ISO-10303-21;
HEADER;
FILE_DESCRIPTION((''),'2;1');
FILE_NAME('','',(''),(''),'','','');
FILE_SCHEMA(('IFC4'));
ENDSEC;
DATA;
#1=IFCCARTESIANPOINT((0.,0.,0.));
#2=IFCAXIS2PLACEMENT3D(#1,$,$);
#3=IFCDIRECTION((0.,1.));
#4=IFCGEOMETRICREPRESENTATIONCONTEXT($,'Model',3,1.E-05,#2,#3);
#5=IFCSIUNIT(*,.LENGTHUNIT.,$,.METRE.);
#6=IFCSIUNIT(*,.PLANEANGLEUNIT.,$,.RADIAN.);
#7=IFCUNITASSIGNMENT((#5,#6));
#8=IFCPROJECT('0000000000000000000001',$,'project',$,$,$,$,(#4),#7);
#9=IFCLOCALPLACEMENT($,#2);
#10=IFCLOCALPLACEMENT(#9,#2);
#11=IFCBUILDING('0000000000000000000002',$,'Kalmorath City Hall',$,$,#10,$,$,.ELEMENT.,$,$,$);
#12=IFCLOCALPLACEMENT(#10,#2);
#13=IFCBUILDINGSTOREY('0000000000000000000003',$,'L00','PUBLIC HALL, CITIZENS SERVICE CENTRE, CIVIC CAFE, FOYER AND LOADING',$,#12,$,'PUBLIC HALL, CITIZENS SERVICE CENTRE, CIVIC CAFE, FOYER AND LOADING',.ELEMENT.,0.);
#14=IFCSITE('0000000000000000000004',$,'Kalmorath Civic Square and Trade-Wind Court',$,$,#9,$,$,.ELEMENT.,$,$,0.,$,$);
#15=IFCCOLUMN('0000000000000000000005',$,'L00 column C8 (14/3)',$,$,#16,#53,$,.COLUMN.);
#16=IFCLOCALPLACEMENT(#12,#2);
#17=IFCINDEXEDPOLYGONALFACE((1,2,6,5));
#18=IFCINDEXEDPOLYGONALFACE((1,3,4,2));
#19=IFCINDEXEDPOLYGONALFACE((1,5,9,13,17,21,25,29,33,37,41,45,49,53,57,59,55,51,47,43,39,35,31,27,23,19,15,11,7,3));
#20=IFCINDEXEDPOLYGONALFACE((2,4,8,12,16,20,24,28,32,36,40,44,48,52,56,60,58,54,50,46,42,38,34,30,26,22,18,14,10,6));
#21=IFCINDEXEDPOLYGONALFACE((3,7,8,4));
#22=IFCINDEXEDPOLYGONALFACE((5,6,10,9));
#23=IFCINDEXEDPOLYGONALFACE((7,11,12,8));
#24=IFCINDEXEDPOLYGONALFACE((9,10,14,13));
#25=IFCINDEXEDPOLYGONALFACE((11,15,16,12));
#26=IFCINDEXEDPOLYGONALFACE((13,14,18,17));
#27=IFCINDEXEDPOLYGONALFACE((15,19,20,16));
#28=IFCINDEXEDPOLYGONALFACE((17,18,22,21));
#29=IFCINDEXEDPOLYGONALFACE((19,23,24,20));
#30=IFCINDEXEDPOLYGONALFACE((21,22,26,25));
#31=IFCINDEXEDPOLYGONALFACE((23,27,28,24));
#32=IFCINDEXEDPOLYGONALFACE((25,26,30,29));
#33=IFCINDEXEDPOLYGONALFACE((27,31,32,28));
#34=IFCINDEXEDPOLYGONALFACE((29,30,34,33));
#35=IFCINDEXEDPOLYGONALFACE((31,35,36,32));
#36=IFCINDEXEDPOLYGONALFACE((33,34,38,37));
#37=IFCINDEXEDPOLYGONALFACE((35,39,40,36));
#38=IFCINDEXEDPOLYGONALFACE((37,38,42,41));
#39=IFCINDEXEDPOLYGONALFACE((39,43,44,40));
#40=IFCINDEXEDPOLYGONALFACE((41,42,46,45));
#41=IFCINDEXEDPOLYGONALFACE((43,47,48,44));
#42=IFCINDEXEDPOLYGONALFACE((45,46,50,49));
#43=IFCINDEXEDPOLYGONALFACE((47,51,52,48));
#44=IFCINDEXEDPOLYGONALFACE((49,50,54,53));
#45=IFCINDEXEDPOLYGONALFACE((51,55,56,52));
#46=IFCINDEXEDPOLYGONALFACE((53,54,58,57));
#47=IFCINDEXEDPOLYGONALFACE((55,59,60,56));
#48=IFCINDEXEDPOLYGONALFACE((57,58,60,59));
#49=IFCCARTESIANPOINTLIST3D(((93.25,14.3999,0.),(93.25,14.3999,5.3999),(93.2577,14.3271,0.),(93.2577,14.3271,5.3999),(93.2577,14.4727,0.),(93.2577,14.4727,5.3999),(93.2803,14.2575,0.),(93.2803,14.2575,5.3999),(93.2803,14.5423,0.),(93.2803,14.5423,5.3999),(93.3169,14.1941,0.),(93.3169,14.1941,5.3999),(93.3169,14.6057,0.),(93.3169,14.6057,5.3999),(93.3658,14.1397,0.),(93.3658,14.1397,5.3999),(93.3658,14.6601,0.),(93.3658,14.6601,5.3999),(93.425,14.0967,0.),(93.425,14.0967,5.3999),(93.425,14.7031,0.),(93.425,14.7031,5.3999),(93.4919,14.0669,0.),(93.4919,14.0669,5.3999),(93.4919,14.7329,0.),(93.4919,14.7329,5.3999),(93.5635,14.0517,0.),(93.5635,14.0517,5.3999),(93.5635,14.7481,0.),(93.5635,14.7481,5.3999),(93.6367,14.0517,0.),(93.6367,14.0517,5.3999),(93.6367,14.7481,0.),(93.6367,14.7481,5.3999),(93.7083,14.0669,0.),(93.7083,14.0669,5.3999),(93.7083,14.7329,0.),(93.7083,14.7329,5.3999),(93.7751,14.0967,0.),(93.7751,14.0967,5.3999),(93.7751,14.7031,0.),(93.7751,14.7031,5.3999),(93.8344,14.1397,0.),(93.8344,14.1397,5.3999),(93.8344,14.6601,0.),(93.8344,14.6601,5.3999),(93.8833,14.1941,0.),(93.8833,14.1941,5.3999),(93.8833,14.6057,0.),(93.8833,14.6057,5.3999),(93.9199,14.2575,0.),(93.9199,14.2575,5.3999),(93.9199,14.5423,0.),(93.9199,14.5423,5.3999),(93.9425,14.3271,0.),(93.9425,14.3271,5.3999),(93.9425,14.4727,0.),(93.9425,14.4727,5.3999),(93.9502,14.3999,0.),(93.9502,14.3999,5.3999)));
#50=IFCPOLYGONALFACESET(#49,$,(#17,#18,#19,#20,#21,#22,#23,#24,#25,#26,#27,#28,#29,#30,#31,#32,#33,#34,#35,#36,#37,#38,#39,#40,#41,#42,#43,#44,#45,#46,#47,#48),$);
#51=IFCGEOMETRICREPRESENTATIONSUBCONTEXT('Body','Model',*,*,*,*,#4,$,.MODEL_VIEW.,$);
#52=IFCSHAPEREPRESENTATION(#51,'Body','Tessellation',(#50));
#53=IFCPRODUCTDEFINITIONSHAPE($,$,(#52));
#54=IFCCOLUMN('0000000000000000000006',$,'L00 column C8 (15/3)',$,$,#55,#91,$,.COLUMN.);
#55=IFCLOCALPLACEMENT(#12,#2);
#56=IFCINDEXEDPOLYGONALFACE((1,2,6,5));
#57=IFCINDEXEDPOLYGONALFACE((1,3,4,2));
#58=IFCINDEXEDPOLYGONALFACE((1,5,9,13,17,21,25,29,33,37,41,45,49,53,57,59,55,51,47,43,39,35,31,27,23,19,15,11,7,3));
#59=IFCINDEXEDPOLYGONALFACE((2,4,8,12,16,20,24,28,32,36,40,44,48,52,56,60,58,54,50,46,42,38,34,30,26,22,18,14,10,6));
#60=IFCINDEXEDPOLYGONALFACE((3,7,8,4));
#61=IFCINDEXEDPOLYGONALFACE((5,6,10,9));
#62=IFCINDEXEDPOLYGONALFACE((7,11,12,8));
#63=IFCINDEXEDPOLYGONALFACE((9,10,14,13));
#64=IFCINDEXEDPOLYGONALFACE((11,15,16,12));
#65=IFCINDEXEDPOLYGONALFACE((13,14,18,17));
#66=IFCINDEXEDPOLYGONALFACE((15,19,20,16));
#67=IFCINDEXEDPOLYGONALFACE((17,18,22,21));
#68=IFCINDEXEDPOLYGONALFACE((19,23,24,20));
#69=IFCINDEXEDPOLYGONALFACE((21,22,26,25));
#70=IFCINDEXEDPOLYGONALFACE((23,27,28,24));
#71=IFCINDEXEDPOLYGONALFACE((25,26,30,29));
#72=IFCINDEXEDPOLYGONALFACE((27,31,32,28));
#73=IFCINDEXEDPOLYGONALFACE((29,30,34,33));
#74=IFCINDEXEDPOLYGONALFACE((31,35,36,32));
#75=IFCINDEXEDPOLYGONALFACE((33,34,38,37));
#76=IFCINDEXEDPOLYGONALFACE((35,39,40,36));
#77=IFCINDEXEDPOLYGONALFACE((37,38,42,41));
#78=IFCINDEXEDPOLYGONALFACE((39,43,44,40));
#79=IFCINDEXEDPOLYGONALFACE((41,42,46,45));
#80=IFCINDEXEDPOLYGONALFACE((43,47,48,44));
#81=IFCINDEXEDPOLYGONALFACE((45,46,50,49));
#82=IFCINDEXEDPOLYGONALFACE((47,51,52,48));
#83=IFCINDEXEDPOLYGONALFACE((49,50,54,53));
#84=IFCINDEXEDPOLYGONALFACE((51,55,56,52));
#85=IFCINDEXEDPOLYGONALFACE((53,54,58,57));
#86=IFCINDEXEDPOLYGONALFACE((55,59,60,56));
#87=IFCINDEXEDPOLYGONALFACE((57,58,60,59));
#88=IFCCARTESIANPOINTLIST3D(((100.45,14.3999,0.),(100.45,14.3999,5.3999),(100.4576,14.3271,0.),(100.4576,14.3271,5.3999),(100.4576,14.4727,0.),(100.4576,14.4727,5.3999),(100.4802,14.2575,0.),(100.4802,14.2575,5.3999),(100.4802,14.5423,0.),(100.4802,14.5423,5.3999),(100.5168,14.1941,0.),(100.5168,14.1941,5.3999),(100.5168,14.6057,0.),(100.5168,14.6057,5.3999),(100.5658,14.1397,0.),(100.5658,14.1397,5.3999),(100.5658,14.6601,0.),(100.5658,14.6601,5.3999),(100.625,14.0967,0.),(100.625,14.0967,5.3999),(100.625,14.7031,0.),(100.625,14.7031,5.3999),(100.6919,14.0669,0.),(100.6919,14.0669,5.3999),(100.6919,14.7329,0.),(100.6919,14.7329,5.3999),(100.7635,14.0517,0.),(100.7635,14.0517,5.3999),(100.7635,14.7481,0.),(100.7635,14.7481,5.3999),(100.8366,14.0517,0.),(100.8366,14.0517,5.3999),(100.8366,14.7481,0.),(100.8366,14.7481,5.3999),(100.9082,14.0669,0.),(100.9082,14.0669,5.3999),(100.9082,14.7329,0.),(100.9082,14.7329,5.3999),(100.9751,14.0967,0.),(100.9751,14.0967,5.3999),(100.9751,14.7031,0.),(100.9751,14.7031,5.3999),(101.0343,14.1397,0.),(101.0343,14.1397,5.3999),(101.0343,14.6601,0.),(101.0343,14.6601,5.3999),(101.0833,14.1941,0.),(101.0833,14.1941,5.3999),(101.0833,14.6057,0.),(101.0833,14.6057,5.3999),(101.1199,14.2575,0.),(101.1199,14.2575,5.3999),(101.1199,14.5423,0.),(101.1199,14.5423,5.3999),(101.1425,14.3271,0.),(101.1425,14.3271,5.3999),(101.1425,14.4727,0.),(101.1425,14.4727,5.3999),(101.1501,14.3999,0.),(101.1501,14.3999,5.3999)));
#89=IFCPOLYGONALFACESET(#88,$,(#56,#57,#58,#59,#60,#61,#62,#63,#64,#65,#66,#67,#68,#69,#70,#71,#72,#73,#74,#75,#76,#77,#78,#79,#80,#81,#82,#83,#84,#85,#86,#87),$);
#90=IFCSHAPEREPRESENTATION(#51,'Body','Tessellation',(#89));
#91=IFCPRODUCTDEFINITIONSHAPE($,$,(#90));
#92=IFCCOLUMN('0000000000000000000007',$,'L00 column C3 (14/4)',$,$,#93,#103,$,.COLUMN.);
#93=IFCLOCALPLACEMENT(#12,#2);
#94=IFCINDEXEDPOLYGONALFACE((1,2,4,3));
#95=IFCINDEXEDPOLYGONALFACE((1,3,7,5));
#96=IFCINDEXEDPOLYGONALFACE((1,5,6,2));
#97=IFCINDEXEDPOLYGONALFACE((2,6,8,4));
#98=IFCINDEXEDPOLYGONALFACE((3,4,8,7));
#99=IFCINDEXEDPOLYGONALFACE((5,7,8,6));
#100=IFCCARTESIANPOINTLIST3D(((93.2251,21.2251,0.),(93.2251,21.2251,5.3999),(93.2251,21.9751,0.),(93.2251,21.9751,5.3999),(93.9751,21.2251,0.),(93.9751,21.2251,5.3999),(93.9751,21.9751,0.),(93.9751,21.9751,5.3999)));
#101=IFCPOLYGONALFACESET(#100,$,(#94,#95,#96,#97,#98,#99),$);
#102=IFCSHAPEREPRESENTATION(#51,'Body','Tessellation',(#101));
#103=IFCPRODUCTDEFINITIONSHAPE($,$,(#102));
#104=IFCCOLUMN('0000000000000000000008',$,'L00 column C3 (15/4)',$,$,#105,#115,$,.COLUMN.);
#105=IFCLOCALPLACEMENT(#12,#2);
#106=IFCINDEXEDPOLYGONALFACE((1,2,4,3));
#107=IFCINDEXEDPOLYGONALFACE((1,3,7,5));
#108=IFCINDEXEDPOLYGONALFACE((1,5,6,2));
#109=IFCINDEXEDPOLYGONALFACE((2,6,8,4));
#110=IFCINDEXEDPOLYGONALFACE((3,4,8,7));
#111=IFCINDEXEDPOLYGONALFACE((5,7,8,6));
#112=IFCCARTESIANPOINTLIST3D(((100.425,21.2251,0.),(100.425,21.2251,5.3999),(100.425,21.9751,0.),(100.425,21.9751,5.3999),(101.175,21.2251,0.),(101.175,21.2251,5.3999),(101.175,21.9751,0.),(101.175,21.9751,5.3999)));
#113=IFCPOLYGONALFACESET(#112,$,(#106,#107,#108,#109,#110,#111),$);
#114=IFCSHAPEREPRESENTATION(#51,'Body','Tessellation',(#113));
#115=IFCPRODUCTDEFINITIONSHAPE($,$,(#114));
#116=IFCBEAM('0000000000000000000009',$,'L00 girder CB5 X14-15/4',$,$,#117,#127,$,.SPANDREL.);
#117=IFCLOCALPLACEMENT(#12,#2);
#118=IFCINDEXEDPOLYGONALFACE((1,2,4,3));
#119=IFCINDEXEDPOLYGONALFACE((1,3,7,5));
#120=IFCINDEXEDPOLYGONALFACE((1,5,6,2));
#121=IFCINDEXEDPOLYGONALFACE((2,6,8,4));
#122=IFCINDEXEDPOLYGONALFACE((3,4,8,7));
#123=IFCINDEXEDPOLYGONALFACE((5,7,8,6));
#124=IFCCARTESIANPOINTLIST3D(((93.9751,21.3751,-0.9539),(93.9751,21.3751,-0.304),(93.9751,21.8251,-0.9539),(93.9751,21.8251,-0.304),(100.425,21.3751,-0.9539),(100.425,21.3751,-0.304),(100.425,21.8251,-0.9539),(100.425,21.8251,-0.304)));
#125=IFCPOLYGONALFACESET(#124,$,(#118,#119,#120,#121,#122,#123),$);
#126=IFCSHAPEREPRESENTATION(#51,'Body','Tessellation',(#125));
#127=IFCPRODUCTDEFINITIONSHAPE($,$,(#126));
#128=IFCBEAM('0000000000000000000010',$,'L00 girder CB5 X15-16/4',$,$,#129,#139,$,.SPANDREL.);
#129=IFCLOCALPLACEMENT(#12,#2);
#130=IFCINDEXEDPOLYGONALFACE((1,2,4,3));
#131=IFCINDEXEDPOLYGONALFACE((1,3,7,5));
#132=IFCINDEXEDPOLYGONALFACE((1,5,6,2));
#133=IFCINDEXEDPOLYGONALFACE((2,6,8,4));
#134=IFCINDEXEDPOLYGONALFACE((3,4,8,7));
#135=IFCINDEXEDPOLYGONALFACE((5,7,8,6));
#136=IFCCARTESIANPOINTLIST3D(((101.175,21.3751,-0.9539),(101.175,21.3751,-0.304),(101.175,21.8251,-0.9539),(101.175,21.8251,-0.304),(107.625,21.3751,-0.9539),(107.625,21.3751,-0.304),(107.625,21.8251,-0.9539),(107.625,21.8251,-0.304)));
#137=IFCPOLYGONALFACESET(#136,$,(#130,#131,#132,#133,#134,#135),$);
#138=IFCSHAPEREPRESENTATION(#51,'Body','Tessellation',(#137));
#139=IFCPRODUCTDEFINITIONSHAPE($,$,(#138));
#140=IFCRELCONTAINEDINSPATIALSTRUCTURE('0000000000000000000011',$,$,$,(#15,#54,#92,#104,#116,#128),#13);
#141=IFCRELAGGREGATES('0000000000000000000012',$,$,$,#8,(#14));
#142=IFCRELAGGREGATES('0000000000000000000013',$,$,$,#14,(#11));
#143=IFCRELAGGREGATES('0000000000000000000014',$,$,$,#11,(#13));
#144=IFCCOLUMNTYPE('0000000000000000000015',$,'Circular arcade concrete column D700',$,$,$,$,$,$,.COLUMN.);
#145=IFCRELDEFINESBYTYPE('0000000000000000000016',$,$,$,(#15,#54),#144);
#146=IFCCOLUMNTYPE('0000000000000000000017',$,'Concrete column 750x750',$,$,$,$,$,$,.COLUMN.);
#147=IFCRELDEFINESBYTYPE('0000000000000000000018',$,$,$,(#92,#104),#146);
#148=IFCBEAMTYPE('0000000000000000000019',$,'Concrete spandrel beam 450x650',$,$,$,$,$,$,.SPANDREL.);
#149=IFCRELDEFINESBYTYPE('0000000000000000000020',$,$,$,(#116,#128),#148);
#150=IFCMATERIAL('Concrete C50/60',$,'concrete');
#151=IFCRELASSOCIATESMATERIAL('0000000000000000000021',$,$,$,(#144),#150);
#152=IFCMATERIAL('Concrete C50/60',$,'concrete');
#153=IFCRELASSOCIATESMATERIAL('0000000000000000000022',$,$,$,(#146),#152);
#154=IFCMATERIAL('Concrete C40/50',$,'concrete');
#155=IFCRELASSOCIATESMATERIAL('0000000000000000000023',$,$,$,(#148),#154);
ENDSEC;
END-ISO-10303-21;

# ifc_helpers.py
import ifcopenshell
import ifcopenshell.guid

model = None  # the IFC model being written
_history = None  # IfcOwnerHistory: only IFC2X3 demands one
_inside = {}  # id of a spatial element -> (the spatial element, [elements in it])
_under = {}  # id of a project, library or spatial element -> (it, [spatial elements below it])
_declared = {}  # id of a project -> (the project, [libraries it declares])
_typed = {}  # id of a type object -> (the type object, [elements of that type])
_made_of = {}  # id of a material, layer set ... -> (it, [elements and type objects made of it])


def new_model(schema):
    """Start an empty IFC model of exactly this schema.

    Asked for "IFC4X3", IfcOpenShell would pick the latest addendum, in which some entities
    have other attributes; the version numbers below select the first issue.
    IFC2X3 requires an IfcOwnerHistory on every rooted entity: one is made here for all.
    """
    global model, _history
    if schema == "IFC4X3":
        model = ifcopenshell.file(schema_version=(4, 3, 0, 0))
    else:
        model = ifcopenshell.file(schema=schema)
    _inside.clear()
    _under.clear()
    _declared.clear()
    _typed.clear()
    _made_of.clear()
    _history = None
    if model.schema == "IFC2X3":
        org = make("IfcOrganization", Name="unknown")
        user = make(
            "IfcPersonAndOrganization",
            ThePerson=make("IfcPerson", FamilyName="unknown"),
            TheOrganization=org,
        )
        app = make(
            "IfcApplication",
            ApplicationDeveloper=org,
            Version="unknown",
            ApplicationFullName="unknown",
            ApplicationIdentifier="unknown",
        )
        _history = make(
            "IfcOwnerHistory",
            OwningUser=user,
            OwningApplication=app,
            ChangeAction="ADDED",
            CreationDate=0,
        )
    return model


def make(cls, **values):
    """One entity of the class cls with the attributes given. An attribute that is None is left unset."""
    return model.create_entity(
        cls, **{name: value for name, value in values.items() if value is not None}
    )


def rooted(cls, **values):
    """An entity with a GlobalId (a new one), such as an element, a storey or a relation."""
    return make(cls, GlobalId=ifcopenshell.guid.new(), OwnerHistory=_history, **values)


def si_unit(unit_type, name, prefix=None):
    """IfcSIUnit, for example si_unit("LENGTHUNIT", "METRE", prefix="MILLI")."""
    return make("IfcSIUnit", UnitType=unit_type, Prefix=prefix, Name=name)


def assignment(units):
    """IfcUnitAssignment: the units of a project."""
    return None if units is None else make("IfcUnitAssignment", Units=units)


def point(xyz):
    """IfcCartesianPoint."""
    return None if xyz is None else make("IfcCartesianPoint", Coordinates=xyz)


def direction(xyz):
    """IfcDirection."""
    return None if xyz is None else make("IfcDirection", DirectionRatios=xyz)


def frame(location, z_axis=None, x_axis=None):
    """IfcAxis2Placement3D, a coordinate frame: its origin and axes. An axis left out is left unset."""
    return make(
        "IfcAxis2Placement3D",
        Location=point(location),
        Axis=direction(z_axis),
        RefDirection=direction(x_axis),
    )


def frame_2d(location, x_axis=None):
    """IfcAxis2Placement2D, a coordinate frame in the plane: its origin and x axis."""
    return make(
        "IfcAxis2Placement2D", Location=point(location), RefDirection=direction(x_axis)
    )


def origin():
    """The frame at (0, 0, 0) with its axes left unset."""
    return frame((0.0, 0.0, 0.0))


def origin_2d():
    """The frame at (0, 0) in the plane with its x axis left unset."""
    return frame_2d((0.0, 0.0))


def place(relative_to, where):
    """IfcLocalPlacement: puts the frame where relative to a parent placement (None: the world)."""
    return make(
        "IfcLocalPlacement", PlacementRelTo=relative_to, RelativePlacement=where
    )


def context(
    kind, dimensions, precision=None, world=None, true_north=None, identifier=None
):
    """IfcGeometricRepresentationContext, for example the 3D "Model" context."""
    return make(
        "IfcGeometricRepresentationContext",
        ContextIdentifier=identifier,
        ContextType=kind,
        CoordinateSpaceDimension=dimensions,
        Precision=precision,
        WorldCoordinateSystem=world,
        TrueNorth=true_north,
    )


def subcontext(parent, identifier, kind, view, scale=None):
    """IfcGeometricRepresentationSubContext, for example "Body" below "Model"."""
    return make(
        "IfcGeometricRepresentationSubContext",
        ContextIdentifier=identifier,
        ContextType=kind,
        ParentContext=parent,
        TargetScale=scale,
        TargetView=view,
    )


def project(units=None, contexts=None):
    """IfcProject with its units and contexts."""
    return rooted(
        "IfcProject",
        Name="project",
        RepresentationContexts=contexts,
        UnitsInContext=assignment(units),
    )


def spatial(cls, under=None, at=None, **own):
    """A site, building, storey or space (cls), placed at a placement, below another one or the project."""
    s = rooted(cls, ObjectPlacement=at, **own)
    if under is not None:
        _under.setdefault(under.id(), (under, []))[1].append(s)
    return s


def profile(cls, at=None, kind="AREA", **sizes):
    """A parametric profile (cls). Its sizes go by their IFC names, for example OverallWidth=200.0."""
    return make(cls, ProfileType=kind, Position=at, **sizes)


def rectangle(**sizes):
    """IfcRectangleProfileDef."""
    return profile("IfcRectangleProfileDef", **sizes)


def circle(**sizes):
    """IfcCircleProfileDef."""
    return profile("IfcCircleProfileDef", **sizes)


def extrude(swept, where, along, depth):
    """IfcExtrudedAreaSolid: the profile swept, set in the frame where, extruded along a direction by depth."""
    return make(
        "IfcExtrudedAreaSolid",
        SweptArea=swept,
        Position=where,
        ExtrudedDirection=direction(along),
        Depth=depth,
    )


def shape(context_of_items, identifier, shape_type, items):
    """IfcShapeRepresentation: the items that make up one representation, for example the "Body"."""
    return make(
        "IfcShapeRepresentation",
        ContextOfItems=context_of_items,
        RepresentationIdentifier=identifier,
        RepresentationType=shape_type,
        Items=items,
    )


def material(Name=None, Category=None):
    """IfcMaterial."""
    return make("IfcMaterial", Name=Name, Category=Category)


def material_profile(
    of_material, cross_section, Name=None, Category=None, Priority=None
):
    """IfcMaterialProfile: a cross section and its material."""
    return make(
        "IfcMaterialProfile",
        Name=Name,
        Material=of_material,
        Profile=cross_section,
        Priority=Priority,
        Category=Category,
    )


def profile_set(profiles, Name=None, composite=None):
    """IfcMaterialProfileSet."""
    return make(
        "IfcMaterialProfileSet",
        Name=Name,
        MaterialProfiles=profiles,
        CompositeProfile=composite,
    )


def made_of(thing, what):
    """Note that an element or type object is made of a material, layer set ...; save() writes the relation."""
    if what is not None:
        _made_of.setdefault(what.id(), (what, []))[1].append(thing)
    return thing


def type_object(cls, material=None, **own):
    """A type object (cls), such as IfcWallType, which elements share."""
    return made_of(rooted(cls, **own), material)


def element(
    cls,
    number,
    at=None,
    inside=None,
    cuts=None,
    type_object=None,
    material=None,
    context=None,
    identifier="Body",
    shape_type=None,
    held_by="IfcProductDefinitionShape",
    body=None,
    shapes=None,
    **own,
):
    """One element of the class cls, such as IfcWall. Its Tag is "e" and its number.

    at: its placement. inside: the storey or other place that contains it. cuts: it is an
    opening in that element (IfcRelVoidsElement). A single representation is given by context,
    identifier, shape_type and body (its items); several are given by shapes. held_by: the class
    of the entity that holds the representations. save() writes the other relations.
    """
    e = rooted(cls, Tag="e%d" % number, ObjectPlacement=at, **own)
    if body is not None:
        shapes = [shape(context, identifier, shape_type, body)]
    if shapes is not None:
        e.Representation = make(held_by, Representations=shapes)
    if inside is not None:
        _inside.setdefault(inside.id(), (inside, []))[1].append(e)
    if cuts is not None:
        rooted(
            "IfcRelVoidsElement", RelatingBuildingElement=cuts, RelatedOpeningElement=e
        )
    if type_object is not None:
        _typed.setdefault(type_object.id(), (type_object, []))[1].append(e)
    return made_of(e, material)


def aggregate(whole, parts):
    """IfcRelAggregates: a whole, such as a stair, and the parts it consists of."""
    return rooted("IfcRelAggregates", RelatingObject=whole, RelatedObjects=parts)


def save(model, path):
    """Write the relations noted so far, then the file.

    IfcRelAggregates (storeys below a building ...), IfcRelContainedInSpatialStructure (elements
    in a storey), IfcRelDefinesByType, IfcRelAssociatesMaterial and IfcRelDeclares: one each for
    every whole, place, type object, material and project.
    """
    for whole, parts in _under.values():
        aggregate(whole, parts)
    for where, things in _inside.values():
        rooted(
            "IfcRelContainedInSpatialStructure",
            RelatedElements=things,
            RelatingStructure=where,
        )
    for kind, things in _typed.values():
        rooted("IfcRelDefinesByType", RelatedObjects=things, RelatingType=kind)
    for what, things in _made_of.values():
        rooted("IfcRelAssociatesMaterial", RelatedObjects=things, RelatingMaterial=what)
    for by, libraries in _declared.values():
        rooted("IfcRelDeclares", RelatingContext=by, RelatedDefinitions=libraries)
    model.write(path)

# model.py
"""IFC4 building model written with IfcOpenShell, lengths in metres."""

from ifc_helpers import new_model, si_unit, direction, frame, origin, origin_2d, place, context, subcontext, project, spatial, rectangle, circle, extrude, material, material_profile, profile_set, type_object, element, save


model = new_model("IFC4")

# Units and contexts
model_context = context("Model", 3, precision=1e-05, world=origin(), true_north=direction((0.0, 1.0)))
body_context = subcontext(model_context, "Body", "Model", "MODEL_VIEW")
ifc_project = project(units=[si_unit("LENGTHUNIT", "METRE"), si_unit("PLANEANGLEUNIT", "RADIAN")], contexts=[model_context])

# Site, building, storey
site_placement = place(None, origin())
site = spatial("IfcSite", under=ifc_project, at=site_placement, Name="Kalmorath Civic Square and Trade-Wind Court", CompositionType="ELEMENT", RefElevation=0.0)
building_placement = place(site_placement, origin())
building = spatial("IfcBuilding", under=site, at=building_placement, Name="Kalmorath City Hall", CompositionType="ELEMENT")
storey_placement = place(building_placement, origin())
storey = spatial("IfcBuildingStorey", under=building, at=storey_placement, Name="L00", Description="PUBLIC HALL, CITIZENS SERVICE CENTRE, CIVIC CAFE, FOYER AND LOADING", LongName="PUBLIC HALL, CITIZENS SERVICE CENTRE, CIVIC CAFE, FOYER AND LOADING", CompositionType="ELEMENT", Elevation=0.0)

# Columns
ifc_material_1 = material(Name="Concrete C50/60", Category="concrete")
ifc_material_profile_1 = material_profile(ifc_material_1, circle(Radius=0.3501, at=origin_2d()), Name="RC-COL-D700")
ifc_profile_set_1 = profile_set([ifc_material_profile_1], Name="Concrete C50/60")
column_type_1 = type_object("IfcColumnType", Name="Circular arcade concrete column D700", PredefinedType="COLUMN", material=ifc_profile_set_1)
for number, where, z_axis, x_axis, name in (
    (1, (93.6001, 14.3999, 0.0), (0.0, 0.0, 1.0), (1.0, 0.0, 0.0), "L00 column C8 (14/3)"),
    (2, (100.8, 14.3999, 0.0), (0.0, 0.0, 1.0), (1.0, 0.0, 0.0), "L00 column C8 (15/3)"),
):
    element("IfcColumn", number, at=place(storey_placement, frame(where, z_axis=z_axis, x_axis=x_axis)), inside=storey, type_object=column_type_1, Name=name, PredefinedType="COLUMN", context=body_context, shape_type="SweptSolid", body=[
        extrude(circle(Radius=0.3501, at=origin_2d()), origin(), (0.0, 0.0, 1.0), 5.3999),
    ])
ifc_material_2 = material(Name="Concrete C50/60", Category="concrete")
ifc_material_profile_2 = material_profile(ifc_material_2, rectangle(XDim=0.75, YDim=0.75, at=origin_2d()), Name="RC-COL-750X750")
ifc_profile_set_2 = profile_set([ifc_material_profile_2], Name="Concrete C50/60")
column_type_2 = type_object("IfcColumnType", Name="Concrete column 750x750", PredefinedType="COLUMN", material=ifc_profile_set_2)
for number, where, z_axis, x_axis, name in (
    (3, (93.6001, 21.6001, 0.0), (0.0, 0.0, 1.0), (1.0, 0.0, 0.0), "L00 column C3 (14/4)"),
    (4, (100.8, 21.6001, 0.0), (0.0, 0.0, 1.0), (1.0, 0.0, 0.0), "L00 column C3 (15/4)"),
):
    element("IfcColumn", number, at=place(storey_placement, frame(where, z_axis=z_axis, x_axis=x_axis)), inside=storey, type_object=column_type_2, Name=name, PredefinedType="COLUMN", context=body_context, shape_type="SweptSolid", body=[
        extrude(rectangle(XDim=0.75, YDim=0.75, at=origin_2d()), origin(), (0.0, 0.0, 1.0), 5.3999),
    ])

# Beams
ifc_material_3 = material(Name="Concrete C40/50", Category="concrete")
ifc_material_profile_3 = material_profile(ifc_material_3, rectangle(XDim=0.45, YDim=0.6499, at=origin_2d()), Name="RC-BM-450X650")
ifc_profile_set_3 = profile_set([ifc_material_profile_3], Name="Concrete C40/50")
beam_type = type_object("IfcBeamType", Name="Concrete spandrel beam 450x650", PredefinedType="SPANDREL", material=ifc_profile_set_3)
for number, where, z_axis, x_axis, name in (
    (5, (93.9751, 21.6001, -0.6289), (1.0, 0.0, 0.0), (0.0, 1.0, 0.0), "L00 girder CB5 X14-15/4"),
    (6, (101.175, 21.6001, -0.6289), (1.0, 0.0, 0.0), (0.0, 1.0, 0.0), "L00 girder CB5 X15-16/4"),
):
    element("IfcBeam", number, at=place(storey_placement, frame(where, z_axis=z_axis, x_axis=x_axis)), inside=storey, type_object=beam_type, Name=name, PredefinedType="SPANDREL", context=body_context, shape_type="SweptSolid", body=[
        extrude(rectangle(XDim=0.45, YDim=0.6499, at=origin_2d()), origin(), (0.0, 0.0, 1.0), 6.45),
    ])

save(model, "model.ifc")
